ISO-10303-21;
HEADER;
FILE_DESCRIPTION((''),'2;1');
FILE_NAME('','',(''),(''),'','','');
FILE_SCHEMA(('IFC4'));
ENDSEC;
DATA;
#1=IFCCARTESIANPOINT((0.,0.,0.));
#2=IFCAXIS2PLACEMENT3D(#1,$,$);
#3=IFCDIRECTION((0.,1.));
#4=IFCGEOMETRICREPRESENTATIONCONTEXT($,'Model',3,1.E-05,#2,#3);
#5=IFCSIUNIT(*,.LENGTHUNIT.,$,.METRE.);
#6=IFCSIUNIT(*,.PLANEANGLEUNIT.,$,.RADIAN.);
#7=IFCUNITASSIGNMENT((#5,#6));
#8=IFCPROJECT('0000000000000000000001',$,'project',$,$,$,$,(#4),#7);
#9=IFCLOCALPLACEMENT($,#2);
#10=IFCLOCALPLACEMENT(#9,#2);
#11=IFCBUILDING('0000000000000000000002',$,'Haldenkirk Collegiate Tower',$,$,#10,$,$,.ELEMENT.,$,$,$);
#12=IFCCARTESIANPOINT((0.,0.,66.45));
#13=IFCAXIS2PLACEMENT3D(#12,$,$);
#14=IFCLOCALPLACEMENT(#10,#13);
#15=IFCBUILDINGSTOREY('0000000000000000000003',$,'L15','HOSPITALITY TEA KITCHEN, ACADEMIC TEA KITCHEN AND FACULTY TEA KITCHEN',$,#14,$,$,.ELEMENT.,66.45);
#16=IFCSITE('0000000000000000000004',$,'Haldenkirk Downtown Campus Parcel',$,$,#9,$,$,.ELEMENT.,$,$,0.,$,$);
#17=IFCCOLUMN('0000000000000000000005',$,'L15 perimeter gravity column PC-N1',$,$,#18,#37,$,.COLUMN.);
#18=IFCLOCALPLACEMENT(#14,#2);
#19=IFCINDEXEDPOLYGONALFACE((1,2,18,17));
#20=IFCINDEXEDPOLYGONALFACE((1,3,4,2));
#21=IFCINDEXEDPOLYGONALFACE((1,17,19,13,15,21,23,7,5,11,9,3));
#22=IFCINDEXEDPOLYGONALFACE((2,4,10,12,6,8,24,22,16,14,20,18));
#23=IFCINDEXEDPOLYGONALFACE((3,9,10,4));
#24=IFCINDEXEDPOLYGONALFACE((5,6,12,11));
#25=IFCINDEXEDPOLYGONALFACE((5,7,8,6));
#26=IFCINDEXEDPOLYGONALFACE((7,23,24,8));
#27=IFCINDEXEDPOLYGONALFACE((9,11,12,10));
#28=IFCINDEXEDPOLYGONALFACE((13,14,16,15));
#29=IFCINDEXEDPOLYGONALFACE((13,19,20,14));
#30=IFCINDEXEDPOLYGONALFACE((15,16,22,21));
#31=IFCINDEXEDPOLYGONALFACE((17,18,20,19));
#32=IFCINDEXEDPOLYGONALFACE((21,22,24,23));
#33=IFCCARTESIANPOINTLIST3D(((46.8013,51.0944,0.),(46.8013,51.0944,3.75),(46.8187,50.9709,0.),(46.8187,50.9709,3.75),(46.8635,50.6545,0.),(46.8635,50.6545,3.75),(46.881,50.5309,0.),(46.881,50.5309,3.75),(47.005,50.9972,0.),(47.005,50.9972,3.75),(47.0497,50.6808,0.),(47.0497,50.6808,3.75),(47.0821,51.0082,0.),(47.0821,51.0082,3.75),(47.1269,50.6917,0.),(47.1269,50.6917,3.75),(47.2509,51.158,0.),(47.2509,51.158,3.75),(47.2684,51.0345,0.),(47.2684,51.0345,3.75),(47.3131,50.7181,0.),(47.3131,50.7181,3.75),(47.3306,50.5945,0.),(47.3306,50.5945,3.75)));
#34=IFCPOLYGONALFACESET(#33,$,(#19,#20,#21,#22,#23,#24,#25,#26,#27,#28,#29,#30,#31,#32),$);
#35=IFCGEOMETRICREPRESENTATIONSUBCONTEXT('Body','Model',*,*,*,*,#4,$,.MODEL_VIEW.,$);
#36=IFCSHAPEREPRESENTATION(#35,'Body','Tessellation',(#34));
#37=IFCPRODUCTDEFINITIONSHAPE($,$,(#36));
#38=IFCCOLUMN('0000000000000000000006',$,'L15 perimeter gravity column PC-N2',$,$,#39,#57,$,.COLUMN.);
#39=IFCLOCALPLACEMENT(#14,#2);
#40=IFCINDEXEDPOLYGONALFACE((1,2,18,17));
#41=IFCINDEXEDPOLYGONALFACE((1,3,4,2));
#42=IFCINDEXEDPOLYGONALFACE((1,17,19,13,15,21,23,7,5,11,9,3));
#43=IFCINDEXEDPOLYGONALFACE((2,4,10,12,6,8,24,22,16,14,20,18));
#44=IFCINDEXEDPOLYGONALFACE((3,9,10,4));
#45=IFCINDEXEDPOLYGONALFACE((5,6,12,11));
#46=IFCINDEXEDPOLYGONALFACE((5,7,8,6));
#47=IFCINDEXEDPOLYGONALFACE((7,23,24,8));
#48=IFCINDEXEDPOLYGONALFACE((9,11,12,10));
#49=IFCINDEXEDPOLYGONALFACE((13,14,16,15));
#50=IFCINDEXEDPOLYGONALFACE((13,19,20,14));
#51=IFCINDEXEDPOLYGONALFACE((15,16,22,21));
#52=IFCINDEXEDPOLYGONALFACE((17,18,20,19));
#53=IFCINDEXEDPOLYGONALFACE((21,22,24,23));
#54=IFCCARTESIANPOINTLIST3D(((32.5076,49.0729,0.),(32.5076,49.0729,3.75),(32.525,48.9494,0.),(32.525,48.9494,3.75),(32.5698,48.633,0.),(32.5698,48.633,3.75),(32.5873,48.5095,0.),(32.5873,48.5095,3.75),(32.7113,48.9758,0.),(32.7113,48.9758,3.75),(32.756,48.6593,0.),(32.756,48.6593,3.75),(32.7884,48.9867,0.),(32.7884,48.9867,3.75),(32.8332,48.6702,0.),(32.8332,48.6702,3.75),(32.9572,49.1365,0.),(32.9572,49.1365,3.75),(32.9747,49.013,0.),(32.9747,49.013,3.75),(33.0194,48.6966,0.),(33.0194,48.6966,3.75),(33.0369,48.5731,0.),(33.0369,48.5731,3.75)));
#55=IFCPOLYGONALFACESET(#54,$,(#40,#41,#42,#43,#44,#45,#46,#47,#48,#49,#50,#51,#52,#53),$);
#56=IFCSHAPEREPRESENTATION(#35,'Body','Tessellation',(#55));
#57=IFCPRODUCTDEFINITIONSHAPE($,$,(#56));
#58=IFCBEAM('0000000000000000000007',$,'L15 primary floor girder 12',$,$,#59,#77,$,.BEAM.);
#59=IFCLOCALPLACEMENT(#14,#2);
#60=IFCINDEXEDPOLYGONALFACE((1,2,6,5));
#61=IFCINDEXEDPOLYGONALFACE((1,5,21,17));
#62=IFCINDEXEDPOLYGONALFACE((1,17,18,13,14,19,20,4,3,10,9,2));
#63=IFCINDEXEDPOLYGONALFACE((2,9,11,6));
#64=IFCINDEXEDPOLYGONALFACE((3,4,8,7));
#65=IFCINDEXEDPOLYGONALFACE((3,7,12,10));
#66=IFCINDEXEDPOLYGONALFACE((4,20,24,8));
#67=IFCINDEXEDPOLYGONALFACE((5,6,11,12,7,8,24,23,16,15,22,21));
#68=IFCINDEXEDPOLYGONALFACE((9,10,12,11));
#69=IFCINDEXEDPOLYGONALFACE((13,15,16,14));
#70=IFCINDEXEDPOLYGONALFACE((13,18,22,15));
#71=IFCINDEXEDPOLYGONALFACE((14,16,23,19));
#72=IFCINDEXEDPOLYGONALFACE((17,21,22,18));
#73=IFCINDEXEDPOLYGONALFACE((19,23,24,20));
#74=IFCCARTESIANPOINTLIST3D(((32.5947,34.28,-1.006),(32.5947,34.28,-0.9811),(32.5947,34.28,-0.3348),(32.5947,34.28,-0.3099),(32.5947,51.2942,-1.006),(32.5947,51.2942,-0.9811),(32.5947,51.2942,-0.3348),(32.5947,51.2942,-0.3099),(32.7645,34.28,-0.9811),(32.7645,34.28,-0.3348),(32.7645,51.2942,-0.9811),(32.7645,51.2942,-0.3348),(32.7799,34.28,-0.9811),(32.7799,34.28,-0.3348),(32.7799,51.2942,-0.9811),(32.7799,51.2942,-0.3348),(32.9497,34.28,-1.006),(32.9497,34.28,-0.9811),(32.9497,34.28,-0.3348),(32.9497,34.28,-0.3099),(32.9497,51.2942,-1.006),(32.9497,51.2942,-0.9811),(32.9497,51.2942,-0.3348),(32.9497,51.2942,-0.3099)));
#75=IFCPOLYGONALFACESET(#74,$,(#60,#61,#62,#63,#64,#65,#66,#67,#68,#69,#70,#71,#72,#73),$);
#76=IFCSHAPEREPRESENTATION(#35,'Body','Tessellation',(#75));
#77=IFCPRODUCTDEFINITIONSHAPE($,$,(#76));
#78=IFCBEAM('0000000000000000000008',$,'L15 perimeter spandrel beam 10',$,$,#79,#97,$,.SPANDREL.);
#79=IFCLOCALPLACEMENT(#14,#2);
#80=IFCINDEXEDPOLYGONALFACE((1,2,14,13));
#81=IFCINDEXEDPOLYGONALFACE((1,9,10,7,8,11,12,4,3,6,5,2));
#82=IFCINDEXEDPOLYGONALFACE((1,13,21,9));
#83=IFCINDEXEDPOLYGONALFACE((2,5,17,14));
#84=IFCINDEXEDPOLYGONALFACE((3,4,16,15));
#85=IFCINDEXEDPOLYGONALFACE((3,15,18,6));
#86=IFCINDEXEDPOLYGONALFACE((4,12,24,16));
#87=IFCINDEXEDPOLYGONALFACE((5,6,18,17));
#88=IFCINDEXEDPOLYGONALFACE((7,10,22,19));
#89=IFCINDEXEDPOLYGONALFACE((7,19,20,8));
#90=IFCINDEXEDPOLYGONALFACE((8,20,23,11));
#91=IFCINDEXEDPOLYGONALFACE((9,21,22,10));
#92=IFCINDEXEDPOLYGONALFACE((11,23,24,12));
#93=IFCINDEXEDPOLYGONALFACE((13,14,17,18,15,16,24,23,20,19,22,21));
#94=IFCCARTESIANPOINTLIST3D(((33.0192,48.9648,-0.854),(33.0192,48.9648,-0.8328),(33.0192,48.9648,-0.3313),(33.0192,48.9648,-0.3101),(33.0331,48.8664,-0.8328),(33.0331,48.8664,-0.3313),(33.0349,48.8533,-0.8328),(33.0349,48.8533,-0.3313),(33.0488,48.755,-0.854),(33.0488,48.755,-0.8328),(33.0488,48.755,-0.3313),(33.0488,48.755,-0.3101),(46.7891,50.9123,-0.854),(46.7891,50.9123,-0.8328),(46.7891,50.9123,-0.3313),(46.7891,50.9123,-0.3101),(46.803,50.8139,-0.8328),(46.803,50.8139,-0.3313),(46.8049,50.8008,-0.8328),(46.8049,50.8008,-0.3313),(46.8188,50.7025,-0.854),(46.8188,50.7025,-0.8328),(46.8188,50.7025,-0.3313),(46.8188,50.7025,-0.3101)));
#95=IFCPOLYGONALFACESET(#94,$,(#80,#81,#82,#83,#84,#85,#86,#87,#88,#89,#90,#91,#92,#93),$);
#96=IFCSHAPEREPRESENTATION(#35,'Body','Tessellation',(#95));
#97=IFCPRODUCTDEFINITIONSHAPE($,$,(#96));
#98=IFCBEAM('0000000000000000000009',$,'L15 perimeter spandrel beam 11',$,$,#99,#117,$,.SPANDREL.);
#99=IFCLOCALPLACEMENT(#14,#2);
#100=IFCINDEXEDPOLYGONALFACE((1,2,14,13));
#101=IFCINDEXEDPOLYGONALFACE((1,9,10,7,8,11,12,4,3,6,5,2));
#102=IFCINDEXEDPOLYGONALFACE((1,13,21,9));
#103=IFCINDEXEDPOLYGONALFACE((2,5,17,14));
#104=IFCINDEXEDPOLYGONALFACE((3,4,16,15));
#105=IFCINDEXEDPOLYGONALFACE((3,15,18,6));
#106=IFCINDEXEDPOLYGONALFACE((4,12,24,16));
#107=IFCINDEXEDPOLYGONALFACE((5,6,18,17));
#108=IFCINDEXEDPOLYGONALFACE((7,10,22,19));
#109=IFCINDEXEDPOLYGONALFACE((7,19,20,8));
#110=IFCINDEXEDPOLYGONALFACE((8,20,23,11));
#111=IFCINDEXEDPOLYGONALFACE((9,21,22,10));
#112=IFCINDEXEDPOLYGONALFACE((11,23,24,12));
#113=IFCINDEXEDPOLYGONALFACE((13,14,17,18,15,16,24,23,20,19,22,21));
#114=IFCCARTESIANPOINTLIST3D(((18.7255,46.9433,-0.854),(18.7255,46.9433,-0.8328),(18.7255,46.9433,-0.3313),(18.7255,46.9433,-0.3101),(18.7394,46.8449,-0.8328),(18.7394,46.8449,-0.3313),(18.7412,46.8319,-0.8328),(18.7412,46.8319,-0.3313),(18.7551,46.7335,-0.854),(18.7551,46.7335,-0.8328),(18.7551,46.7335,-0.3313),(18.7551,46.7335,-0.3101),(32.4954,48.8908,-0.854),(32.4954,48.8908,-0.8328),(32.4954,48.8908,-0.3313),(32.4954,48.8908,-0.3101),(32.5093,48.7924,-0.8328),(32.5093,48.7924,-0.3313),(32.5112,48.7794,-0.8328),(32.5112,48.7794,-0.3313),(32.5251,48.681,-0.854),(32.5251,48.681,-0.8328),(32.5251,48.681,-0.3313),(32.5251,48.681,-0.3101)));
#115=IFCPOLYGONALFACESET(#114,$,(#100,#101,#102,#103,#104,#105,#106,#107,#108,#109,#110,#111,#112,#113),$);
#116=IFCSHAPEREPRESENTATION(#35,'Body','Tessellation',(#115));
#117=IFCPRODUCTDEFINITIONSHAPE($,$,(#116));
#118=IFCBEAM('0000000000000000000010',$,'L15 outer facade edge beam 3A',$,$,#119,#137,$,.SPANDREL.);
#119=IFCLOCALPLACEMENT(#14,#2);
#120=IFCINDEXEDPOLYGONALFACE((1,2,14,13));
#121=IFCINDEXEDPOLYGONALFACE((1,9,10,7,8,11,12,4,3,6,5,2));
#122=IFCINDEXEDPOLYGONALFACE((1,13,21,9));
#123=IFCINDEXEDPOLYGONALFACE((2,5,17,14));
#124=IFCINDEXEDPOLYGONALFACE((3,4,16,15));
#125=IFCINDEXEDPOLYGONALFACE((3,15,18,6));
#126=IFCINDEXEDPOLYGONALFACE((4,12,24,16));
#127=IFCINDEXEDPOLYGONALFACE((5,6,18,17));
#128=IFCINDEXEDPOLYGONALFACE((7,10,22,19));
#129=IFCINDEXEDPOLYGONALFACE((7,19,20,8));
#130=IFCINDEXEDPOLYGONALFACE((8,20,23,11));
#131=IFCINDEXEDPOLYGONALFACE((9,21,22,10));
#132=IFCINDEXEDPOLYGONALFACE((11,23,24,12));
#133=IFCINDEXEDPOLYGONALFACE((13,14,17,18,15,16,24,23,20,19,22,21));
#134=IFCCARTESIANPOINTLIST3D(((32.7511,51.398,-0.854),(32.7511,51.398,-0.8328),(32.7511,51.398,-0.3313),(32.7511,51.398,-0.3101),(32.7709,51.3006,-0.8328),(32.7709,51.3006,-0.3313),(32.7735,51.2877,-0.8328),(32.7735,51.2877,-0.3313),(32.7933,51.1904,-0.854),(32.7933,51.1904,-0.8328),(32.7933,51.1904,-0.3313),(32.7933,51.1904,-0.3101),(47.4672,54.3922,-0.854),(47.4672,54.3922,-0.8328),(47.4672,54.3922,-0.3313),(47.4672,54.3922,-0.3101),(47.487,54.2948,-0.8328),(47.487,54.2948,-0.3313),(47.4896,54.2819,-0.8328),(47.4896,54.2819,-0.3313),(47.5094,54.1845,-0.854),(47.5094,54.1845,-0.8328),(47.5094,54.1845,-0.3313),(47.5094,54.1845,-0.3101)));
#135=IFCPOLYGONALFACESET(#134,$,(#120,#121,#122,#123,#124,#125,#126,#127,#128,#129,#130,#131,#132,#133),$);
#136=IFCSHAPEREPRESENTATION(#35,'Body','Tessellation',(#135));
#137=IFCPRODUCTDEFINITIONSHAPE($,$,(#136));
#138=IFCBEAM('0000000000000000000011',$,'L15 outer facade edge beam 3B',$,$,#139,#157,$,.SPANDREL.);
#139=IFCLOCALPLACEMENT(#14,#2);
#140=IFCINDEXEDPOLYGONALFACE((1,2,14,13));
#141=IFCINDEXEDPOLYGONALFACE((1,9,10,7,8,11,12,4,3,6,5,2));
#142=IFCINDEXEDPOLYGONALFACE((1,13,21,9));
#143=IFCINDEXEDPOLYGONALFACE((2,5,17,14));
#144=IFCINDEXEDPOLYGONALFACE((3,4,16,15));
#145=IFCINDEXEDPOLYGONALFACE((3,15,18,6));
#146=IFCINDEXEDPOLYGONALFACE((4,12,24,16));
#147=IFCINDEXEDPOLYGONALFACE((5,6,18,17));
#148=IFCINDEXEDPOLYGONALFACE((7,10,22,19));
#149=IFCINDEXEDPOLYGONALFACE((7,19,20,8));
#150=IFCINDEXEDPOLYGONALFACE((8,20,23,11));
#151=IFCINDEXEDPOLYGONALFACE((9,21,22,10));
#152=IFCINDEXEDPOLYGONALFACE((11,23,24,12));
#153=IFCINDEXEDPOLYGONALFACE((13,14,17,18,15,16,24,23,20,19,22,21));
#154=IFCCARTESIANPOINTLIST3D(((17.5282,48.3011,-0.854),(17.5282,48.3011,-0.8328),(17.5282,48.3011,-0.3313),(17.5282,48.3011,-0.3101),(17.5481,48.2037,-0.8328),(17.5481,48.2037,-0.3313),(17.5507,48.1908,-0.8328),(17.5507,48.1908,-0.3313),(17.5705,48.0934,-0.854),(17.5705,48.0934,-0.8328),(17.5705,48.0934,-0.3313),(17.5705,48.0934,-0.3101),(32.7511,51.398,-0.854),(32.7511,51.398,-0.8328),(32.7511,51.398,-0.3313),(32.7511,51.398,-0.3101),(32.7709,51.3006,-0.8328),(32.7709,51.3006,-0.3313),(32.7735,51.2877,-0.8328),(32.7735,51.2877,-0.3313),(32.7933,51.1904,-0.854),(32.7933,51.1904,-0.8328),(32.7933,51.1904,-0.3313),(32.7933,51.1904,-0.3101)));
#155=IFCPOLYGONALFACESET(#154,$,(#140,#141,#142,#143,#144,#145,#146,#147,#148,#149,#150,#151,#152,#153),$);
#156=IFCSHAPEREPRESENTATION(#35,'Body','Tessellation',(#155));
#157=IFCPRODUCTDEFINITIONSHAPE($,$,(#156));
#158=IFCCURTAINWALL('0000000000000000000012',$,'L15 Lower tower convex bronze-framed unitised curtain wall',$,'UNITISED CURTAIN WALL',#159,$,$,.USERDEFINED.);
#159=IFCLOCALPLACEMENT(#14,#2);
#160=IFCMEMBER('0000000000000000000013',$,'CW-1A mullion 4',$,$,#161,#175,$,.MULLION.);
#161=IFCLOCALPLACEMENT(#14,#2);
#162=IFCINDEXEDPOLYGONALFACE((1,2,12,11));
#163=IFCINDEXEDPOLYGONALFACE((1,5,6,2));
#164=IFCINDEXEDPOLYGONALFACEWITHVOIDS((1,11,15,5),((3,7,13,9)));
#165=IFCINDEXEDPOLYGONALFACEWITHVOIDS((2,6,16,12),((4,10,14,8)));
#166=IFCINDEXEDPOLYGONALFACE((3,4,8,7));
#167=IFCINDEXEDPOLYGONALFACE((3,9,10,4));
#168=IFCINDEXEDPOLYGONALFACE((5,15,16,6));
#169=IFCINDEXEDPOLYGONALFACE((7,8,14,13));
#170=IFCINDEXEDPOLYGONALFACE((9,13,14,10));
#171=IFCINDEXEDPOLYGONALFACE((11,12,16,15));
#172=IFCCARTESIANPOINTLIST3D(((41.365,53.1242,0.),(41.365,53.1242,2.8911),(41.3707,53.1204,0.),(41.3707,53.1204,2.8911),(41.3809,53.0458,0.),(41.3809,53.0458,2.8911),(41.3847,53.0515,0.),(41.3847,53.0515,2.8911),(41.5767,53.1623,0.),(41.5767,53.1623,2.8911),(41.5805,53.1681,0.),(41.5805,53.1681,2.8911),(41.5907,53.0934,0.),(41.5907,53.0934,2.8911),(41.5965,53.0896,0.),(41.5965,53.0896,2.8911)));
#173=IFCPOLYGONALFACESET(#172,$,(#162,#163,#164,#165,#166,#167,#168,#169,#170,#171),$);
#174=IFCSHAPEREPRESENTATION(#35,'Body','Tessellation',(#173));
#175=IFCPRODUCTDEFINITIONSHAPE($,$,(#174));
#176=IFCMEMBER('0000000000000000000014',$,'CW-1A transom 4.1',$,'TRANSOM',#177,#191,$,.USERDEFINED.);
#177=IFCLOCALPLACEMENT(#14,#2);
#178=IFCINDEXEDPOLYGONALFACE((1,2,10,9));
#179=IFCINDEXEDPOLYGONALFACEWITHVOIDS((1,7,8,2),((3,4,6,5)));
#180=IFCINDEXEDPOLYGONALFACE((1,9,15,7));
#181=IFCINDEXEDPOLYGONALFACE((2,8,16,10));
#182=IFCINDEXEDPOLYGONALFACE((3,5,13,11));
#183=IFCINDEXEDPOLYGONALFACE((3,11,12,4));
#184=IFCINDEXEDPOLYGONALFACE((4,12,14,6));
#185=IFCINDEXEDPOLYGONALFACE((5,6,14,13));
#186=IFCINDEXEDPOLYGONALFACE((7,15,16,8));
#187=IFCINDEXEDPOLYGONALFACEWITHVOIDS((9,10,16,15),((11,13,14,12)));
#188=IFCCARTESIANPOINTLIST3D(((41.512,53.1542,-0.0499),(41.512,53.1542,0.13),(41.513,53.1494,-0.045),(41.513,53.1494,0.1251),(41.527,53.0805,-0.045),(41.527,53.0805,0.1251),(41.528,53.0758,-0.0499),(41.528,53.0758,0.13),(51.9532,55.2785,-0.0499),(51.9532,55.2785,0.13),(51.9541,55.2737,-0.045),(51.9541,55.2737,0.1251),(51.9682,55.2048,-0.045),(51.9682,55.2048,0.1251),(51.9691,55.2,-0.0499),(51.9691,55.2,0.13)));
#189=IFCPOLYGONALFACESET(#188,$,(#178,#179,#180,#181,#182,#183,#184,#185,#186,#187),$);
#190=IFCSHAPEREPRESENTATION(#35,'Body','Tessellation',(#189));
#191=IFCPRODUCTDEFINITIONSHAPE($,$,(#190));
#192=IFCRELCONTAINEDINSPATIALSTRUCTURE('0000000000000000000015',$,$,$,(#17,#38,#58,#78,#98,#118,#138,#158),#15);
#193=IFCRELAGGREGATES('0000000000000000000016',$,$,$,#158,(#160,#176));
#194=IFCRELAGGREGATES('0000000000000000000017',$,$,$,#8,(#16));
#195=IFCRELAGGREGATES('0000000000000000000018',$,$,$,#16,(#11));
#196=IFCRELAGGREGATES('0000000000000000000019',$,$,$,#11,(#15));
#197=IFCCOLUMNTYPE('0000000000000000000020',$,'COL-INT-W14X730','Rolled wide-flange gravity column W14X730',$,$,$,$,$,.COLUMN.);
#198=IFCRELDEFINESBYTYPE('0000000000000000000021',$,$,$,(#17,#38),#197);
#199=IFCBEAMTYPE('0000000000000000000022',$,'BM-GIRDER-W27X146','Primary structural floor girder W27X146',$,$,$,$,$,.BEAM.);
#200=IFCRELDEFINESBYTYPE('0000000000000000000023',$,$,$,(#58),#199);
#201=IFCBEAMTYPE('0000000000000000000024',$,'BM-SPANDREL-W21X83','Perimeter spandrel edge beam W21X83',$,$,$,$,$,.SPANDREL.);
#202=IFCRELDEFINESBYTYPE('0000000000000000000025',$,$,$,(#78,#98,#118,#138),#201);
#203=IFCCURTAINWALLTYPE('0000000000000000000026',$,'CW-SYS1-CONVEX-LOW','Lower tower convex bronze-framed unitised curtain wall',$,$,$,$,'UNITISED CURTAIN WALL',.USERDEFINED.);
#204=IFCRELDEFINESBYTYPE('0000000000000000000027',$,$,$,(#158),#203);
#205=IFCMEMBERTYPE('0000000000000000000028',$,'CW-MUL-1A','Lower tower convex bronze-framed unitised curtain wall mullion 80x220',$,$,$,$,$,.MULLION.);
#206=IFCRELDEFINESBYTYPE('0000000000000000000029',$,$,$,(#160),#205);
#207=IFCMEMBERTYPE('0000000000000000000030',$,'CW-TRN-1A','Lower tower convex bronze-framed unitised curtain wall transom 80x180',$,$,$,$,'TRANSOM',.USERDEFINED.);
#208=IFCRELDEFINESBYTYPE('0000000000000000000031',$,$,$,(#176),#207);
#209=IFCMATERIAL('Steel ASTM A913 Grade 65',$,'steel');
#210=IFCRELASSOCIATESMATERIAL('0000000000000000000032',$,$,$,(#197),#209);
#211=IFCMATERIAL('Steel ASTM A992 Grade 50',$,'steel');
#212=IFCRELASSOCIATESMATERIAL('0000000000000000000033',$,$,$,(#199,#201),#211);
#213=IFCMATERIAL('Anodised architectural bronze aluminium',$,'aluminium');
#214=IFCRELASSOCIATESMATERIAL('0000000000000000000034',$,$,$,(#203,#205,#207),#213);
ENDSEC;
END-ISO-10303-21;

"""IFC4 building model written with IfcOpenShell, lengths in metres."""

from ifc_helpers import new_model, si_unit, direction, frame, origin, origin_2d, place, context, subcontext, project, spatial, hollow_rectangle, i_section, extrude, material, material_profile, profile_set, type_object, element, aggregate, save


model = new_model("IFC4")

# Units and contexts
model_context = context("Model", 3, precision=1e-05, world=origin(), true_north=direction((0.0, 1.0)))
body_context = subcontext(model_context, "Body", "Model", "MODEL_VIEW")
ifc_project = project(units=[si_unit("LENGTHUNIT", "METRE"), si_unit("PLANEANGLEUNIT", "RADIAN")], contexts=[model_context])

# Site, building, storey
site_placement = place(None, origin())
site = spatial("IfcSite", under=ifc_project, at=site_placement, Name="Haldenkirk Downtown Campus Parcel", CompositionType="ELEMENT", RefElevation=0.0)
building_placement = place(site_placement, origin())
building = spatial("IfcBuilding", under=site, at=building_placement, Name="Haldenkirk Collegiate Tower", CompositionType="ELEMENT")
storey_placement = place(building_placement, frame((0.0, 0.0, 66.45)))
storey = spatial("IfcBuildingStorey", under=building, at=storey_placement, Name="L15", Description="HOSPITALITY TEA KITCHEN, ACADEMIC TEA KITCHEN AND FACULTY TEA KITCHEN", CompositionType="ELEMENT", Elevation=66.45)

# Columns
ifc_material_1 = material(Name="Steel ASTM A913 Grade 65", Category="steel")
ifc_material_profile_1 = material_profile(ifc_material_1, i_section(OverallWidth=0.4541, OverallDepth=0.5691, WebThickness=0.0779, FlangeThickness=0.1248, at=origin_2d()), Name="W14X730")
ifc_profile_set_1 = profile_set([ifc_material_profile_1], Name="Steel ASTM A913 Grade 65")
column_type = type_object("IfcColumnType", Name="COL-INT-W14X730", Description="Rolled wide-flange gravity column W14X730", PredefinedType="COLUMN", material=ifc_profile_set_1)
for number, where, z_axis, x_axis, name in (
    (1, (47.0659, 50.8445, 0.0), (0.0, 0.0, 1.0), (0.990146, 0.140037, 0.0), "L15 perimeter gravity column PC-N1"),
    (2, (32.7722, 48.823, 0.0), (0.0, 0.0, 1.0), (0.990146, 0.140037, 0.0), "L15 perimeter gravity column PC-N2"),
):
    element("IfcColumn", number, at=place(storey_placement, frame(where, z_axis=z_axis, x_axis=x_axis)), inside=storey, type_object=column_type, Name=name, PredefinedType="COLUMN", context=body_context, shape_type="SweptSolid", body=[
        extrude(i_section(OverallWidth=0.4541, OverallDepth=0.5691, WebThickness=0.0779, FlangeThickness=0.1248, at=origin_2d()), origin(), (0.0, 0.0, 1.0), 3.75),
    ])

# Beams
ifc_material_2 = material(Name="Steel ASTM A992 Grade 50", Category="steel")
ifc_material_profile_2 = material_profile(ifc_material_2, i_section(OverallWidth=0.355, OverallDepth=0.696, WebThickness=0.0154, FlangeThickness=0.0249, at=origin_2d()), Name="W27X146")
ifc_profile_set_2 = profile_set([ifc_material_profile_2], Name="Steel ASTM A992 Grade 50")
beam_type_1 = type_object("IfcBeamType", Name="BM-GIRDER-W27X146", Description="Primary structural floor girder W27X146", PredefinedType="BEAM", material=ifc_profile_set_2)
beam_1_placement = place(storey_placement, frame((32.7722, 51.2942, -0.658), z_axis=(0.0, -1.0, 0.0), x_axis=(1.0, 0.0, 0.0)))
element("IfcBeam", 3, at=beam_1_placement, inside=storey, type_object=beam_type_1, Name="L15 primary floor girder 12", PredefinedType="BEAM", context=body_context, shape_type="SweptSolid", body=[
    extrude(i_section(OverallWidth=0.355, OverallDepth=0.696, WebThickness=0.0154, FlangeThickness=0.0249, at=origin_2d()), origin(), (0.0, 0.0, 1.0), 17.0142),
])
ifc_material_profile_3 = material_profile(ifc_material_2, i_section(OverallWidth=0.2119, OverallDepth=0.5439, WebThickness=0.0132, FlangeThickness=0.0212, at=origin_2d()), Name="W21X83")
ifc_profile_set_3 = profile_set([ifc_material_profile_3], Name="Steel ASTM A992 Grade 50")
beam_type_2 = type_object("IfcBeamType", Name="BM-SPANDREL-W21X83", Description="Perimeter spandrel edge beam W21X83", PredefinedType="SPANDREL", material=ifc_profile_set_3)
for number, where, z_axis, x_axis, name in (
    (4, (46.804, 50.8074, -0.582), (-0.990146, -0.140038, 0.0), (0.140038, -0.990146, 0.0), "L15 perimeter spandrel beam 10"),
    (5, (32.5103, 48.7859, -0.582), (-0.990146, -0.140038, 0.0), (0.140038, -0.990146, 0.0), "L15 perimeter spandrel beam 11"),
):
    element("IfcBeam", number, at=place(storey_placement, frame(where, z_axis=z_axis, x_axis=x_axis)), inside=storey, type_object=beam_type_2, Name=name, PredefinedType="SPANDREL", context=body_context, shape_type="SweptSolid", body=[
        extrude(i_section(OverallWidth=0.2119, OverallDepth=0.5439, WebThickness=0.0132, FlangeThickness=0.0212, at=origin_2d()), origin(), (0.0, 0.0, 1.0), 13.907),
    ])
beam_2_placement = place(storey_placement, frame((47.4883, 54.2883, -0.582), z_axis=(-0.979923, -0.199376, 0.0), x_axis=(0.199376, -0.979923, 0.0)))
element("IfcBeam", 6, at=beam_2_placement, inside=storey, type_object=beam_type_2, Name="L15 outer facade edge beam 3A", PredefinedType="SPANDREL", context=body_context, shape_type="SweptSolid", body=[
    extrude(i_section(OverallWidth=0.2119, OverallDepth=0.5439, WebThickness=0.0132, FlangeThickness=0.0212, at=origin_2d()), origin(), (0.0, 0.0, 1.0), 15.0176),
])
beam_3_placement = place(storey_placement, frame((32.7722, 51.2942, -0.582), z_axis=(-0.979927, -0.199355, 0.0), x_axis=(0.199355, -0.979927, 0.0)))
element("IfcBeam", 7, at=beam_3_placement, inside=storey, type_object=beam_type_2, Name="L15 outer facade edge beam 3B", PredefinedType="SPANDREL", context=body_context, shape_type="SweptSolid", body=[
    extrude(i_section(OverallWidth=0.2119, OverallDepth=0.5439, WebThickness=0.0132, FlangeThickness=0.0212, at=origin_2d()), origin(), (0.0, 0.0, 1.0), 15.5347),
])

# Curtain wall, members
ifc_material_3 = material(Name="Anodised architectural bronze aluminium", Category="aluminium")
curtain_wall_type = type_object("IfcCurtainWallType", Name="CW-SYS1-CONVEX-LOW", Description="Lower tower convex bronze-framed unitised curtain wall", ElementType="UNITISED CURTAIN WALL", PredefinedType="USERDEFINED", material=ifc_material_3)
curtain_wall_placement = place(storey_placement, origin())
curtain_wall = element("IfcCurtainWall", 8, at=curtain_wall_placement, inside=storey, type_object=curtain_wall_type, Name="L15 Lower tower convex bronze-framed unitised curtain wall", ObjectType="UNITISED CURTAIN WALL", PredefinedType="USERDEFINED")
ifc_material_profile_4 = material_profile(ifc_material_3, hollow_rectangle(XDim=0.0801, YDim=0.22, WallThickness=0.0049, at=origin_2d()), Name="CW-MUL-1A")
ifc_profile_set_4 = profile_set([ifc_material_profile_4], Name="Anodised architectural bronze aluminium")
member_type_1 = type_object("IfcMemberType", Name="CW-MUL-1A", Description="Lower tower convex bronze-framed unitised curtain wall mullion 80x220", PredefinedType="MULLION", material=ifc_profile_set_4)
member_1_placement = place(storey_placement, frame((41.4807, 53.1069, 0.0), z_axis=(0.0, 0.0, 1.0), x_axis=(-0.199369, 0.979925, 0.0)))
member_1 = element("IfcMember", 9, at=member_1_placement, type_object=member_type_1, Name="CW-1A mullion 4", PredefinedType="MULLION", context=body_context, shape_type="SweptSolid", body=[
    extrude(hollow_rectangle(XDim=0.0801, YDim=0.22, WallThickness=0.0049, at=origin_2d()), origin(), (0.0, 0.0, 1.0), 2.8911),
])
ifc_material_profile_5 = material_profile(ifc_material_3, hollow_rectangle(XDim=0.0801, YDim=0.1799, WallThickness=0.0049, at=origin_2d()), Name="CW-TRN-1A")
ifc_profile_set_5 = profile_set([ifc_material_profile_5], Name="Anodised architectural bronze aluminium")
member_type_2 = type_object("IfcMemberType", Name="CW-TRN-1A", Description="Lower tower convex bronze-framed unitised curtain wall transom 80x180", ElementType="TRANSOM", PredefinedType="USERDEFINED", material=ifc_profile_set_5)
member_2_placement = place(storey_placement, frame((41.52, 53.115, 0.04), z_axis=(0.979925, 0.199367, 0.0), x_axis=(-0.199367, 0.979925, 0.0)))
member_2 = element("IfcMember", 10, at=member_2_placement, type_object=member_type_2, Name="CW-1A transom 4.1", ObjectType="TRANSOM", PredefinedType="USERDEFINED", context=body_context, shape_type="SweptSolid", body=[
    extrude(hollow_rectangle(XDim=0.0801, YDim=0.1799, WallThickness=0.0049, at=origin_2d()), origin(), (0.0, 0.0, 1.0), 10.655),
])
aggregate(curtain_wall, [member_1, member_2])

save(model, "model.ifc")
